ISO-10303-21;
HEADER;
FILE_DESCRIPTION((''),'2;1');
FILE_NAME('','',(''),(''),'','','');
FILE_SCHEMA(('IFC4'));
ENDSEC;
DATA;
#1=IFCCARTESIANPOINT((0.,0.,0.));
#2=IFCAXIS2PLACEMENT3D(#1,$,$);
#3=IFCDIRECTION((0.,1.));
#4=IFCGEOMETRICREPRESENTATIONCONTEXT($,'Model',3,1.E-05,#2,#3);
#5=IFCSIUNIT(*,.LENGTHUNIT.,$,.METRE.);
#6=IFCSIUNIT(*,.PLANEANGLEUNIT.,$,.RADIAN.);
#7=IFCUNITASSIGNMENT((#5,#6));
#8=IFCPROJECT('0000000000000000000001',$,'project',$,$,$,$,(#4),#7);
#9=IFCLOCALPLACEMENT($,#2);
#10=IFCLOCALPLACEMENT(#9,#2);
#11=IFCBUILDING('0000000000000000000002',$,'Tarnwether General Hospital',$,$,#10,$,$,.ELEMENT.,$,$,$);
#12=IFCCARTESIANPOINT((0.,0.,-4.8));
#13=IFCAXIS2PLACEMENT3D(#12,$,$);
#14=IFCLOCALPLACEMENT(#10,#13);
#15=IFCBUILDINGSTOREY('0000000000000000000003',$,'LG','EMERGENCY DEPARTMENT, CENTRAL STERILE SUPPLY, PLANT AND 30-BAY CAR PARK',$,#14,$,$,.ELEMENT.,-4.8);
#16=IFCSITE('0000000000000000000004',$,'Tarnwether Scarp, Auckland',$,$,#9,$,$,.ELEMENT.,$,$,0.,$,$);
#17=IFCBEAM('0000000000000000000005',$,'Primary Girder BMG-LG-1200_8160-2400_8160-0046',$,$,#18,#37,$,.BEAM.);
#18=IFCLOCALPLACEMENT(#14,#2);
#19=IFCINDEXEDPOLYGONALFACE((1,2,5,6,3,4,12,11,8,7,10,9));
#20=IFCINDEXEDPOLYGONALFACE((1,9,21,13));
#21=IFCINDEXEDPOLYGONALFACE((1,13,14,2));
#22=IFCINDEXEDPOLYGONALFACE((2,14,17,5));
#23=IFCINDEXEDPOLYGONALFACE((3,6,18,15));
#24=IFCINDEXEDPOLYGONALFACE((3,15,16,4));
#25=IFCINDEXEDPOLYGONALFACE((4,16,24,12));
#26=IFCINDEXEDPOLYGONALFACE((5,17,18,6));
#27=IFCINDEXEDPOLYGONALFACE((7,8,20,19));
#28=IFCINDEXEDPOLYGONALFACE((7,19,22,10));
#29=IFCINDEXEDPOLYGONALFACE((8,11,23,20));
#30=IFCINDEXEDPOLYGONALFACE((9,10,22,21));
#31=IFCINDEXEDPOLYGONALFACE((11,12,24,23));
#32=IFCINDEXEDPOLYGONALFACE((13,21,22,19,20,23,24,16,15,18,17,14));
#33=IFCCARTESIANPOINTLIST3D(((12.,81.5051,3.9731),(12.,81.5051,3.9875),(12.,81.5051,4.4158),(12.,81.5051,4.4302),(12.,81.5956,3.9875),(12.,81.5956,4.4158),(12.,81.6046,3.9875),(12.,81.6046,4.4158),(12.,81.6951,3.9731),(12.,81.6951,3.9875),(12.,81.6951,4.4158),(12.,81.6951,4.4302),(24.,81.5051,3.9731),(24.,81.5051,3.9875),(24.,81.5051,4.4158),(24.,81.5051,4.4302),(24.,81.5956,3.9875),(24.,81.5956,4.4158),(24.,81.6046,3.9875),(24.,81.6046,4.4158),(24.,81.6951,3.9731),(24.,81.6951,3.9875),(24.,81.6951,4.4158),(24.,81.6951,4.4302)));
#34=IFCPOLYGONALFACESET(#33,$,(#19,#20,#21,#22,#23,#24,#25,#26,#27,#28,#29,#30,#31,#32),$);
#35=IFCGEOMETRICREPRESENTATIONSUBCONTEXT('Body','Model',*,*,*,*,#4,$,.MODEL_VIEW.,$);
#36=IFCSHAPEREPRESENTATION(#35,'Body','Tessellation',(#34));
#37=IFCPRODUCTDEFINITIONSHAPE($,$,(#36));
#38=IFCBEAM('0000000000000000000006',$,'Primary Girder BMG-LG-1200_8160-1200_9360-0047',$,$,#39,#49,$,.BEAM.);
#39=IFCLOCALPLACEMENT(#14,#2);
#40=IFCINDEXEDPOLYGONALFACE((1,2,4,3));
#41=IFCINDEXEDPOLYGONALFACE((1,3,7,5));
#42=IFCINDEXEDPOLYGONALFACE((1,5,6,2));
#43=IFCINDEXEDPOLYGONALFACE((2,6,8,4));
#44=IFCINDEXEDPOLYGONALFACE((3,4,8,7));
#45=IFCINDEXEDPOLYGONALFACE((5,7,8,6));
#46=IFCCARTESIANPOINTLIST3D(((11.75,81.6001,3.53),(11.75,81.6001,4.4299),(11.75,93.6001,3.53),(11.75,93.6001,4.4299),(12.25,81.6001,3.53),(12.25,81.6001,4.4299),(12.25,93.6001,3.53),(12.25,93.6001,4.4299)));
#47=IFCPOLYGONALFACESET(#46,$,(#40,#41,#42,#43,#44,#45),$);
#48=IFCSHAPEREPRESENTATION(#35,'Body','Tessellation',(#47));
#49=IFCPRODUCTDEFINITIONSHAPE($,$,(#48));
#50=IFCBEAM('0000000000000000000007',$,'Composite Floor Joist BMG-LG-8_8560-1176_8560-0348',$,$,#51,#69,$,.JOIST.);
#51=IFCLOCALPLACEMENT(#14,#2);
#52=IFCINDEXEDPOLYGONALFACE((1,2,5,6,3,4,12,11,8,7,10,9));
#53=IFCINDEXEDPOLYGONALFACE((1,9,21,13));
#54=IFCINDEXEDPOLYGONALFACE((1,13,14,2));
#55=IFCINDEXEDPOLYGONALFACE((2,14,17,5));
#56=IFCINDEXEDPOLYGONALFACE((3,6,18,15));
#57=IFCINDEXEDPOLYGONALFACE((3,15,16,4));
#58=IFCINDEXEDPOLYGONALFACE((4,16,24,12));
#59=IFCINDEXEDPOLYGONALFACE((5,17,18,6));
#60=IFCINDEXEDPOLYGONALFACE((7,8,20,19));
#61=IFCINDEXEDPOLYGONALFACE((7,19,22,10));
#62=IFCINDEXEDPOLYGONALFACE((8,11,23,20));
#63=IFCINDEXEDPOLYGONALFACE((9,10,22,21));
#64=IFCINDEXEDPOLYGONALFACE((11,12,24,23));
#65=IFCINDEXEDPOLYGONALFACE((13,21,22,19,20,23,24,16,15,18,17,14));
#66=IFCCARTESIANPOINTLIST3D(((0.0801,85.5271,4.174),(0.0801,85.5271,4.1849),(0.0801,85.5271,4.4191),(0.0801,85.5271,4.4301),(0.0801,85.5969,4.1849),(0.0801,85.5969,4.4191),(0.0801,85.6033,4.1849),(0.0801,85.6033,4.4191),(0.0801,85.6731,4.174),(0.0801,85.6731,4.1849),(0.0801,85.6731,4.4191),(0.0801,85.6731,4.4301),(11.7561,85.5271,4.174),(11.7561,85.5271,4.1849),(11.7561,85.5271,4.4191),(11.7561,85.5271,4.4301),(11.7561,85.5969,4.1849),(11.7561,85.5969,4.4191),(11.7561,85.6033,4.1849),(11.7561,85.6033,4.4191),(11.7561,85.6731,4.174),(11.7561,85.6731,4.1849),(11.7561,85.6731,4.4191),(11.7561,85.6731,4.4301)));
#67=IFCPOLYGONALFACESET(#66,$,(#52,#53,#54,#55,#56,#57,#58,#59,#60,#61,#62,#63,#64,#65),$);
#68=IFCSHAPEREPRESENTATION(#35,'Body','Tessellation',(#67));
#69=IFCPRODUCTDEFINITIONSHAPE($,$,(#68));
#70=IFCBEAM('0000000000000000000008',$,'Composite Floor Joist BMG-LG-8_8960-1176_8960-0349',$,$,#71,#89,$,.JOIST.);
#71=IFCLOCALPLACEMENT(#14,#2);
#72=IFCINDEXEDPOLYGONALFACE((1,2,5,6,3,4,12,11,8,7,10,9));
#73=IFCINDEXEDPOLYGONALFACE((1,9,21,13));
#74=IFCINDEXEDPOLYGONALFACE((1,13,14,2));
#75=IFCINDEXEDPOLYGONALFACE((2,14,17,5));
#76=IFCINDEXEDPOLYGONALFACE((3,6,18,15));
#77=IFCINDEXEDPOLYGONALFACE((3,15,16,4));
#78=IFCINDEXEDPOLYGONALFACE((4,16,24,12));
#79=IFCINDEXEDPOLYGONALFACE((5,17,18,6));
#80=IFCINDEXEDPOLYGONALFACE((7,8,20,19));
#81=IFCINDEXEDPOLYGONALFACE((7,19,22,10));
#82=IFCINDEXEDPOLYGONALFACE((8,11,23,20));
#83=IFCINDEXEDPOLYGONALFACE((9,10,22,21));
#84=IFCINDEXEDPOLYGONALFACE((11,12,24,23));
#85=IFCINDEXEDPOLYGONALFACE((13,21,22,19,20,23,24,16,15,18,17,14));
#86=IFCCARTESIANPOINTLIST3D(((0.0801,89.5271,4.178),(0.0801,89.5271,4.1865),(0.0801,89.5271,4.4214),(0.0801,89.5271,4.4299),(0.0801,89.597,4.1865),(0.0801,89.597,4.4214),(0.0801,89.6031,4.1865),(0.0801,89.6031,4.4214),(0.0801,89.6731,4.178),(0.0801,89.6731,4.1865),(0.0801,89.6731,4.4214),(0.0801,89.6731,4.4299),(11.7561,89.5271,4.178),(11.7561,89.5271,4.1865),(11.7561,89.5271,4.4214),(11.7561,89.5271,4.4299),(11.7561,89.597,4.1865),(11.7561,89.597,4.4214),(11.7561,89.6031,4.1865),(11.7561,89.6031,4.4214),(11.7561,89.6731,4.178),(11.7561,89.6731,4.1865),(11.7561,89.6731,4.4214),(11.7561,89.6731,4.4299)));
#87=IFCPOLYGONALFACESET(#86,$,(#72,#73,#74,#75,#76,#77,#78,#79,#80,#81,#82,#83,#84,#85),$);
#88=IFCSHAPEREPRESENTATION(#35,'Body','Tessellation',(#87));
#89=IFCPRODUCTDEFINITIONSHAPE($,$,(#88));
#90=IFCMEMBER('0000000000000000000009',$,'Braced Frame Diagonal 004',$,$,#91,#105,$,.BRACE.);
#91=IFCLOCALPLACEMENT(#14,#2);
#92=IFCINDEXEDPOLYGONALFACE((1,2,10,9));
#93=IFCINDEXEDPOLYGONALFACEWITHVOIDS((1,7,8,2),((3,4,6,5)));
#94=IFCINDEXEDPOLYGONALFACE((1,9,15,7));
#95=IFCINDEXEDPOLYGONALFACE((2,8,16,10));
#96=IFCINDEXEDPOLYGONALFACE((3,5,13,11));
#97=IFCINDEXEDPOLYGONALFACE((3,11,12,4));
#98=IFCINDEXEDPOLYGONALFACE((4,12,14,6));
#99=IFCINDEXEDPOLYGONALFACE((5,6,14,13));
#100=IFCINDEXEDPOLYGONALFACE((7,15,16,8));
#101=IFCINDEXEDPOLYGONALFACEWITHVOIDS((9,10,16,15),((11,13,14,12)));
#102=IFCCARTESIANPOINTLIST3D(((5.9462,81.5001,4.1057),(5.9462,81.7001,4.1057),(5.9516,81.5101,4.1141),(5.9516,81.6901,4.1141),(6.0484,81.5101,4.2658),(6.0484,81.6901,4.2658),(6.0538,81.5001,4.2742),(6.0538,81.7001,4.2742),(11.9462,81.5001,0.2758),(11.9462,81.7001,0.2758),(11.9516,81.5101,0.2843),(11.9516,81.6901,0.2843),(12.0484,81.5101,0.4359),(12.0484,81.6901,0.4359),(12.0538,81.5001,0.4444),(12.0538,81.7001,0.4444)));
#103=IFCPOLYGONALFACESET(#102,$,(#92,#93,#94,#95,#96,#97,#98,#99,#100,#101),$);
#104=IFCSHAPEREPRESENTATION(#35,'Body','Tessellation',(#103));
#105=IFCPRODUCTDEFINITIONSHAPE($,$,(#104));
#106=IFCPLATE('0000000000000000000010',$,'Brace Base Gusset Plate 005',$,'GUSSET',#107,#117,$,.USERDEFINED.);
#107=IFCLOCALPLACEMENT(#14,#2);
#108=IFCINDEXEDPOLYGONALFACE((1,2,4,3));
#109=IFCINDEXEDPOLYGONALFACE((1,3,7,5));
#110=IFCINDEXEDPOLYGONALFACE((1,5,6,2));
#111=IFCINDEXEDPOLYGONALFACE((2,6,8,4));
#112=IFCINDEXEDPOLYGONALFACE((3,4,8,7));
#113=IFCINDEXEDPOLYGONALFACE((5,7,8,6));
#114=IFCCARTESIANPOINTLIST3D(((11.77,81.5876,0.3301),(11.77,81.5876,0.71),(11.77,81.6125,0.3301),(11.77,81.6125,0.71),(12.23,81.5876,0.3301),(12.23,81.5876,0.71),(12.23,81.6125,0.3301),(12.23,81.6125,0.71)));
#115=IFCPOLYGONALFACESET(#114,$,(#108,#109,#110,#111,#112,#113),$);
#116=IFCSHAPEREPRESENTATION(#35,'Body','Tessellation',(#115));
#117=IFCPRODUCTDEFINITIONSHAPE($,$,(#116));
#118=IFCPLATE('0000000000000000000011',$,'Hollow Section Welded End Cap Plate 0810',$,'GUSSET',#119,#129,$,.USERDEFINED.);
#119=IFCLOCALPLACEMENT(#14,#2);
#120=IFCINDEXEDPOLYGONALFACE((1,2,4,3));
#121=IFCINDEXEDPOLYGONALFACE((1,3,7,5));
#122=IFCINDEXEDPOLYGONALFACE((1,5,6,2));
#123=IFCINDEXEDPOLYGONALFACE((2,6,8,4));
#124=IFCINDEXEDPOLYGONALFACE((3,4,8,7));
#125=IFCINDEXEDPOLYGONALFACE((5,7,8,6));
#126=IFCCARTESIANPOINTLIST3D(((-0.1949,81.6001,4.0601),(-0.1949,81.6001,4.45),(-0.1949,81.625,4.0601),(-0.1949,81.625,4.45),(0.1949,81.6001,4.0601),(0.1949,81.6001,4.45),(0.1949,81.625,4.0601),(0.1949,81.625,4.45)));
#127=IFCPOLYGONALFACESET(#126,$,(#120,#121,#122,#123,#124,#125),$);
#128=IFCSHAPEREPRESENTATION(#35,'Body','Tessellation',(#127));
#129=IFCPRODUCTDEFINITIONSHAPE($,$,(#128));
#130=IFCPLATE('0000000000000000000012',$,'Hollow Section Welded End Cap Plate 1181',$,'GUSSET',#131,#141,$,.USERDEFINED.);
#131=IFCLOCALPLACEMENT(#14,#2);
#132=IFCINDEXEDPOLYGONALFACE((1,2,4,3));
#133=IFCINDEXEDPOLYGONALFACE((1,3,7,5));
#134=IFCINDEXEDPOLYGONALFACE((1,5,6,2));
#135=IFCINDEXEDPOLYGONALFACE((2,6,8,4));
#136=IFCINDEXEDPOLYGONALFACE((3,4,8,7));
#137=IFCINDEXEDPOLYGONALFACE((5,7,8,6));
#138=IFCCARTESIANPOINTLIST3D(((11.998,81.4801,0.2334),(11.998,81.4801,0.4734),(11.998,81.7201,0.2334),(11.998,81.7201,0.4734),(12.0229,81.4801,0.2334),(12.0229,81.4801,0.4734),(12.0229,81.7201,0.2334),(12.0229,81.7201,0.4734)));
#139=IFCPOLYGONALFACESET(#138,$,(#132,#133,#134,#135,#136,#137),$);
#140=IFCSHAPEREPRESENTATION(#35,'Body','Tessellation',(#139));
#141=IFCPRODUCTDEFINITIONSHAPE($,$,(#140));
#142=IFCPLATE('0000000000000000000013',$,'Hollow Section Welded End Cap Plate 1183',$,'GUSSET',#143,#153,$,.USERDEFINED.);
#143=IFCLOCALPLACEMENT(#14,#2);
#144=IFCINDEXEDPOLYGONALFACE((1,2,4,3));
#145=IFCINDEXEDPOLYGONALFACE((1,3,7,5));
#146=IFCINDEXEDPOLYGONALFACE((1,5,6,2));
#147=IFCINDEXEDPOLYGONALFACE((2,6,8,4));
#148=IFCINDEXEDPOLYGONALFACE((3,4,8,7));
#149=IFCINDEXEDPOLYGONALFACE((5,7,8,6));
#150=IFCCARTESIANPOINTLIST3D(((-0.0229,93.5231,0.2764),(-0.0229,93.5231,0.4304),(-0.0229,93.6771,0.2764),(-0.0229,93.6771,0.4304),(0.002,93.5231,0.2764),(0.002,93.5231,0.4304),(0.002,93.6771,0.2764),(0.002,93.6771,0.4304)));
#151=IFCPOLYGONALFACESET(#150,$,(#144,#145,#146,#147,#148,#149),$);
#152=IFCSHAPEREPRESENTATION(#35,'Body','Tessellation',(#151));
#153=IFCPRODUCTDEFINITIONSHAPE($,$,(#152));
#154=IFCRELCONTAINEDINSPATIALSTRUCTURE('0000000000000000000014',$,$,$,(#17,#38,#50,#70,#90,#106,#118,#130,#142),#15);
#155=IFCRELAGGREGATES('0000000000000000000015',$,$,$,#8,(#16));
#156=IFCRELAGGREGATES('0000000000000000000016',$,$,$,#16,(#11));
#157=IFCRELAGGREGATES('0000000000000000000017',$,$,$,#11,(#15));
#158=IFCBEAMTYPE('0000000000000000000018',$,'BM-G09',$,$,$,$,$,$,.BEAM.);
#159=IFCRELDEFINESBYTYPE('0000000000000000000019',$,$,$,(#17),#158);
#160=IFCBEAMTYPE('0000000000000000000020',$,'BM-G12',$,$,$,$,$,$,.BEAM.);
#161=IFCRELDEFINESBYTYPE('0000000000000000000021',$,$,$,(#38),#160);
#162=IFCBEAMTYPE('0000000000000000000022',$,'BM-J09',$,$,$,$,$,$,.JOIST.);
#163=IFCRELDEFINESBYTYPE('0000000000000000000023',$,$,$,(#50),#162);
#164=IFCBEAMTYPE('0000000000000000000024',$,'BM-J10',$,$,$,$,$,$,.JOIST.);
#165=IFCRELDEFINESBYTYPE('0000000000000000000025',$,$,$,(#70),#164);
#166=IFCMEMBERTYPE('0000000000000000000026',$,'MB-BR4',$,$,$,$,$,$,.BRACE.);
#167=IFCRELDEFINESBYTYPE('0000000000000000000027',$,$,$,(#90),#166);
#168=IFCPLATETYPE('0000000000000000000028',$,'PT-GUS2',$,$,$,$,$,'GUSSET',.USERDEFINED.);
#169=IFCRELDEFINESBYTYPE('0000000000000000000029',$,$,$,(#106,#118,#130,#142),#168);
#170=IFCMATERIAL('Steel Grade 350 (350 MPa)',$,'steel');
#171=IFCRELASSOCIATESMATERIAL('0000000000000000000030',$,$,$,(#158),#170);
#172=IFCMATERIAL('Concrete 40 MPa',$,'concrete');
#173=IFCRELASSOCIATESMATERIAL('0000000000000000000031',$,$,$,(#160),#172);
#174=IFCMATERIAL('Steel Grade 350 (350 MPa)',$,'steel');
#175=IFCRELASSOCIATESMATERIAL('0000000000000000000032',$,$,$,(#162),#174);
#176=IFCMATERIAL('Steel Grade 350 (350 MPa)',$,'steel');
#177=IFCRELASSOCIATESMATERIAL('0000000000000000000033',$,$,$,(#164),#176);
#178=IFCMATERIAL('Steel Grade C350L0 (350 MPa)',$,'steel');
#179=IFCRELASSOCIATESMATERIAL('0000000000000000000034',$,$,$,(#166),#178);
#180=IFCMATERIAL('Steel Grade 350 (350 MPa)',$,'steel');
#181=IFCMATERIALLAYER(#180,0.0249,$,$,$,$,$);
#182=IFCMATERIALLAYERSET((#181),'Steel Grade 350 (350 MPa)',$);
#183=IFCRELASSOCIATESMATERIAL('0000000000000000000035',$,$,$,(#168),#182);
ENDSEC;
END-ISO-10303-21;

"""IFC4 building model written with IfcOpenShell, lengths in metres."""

from ifc_helpers import new_model, si_unit, direction, frame, origin, origin_2d, place, context, subcontext, project, spatial, rectangle, hollow_rectangle, i_section, extrude, material, layer, layer_set, material_profile, profile_set, type_object, element, save


model = new_model("IFC4")

# Units and contexts
model_context = context("Model", 3, precision=1e-05, world=origin(), true_north=direction((0.0, 1.0)))
body_context = subcontext(model_context, "Body", "Model", "MODEL_VIEW")
ifc_project = project(units=[si_unit("LENGTHUNIT", "METRE"), si_unit("PLANEANGLEUNIT", "RADIAN")], contexts=[model_context])

# Site, building, storey
site_placement = place(None, origin())
site = spatial("IfcSite", under=ifc_project, at=site_placement, Name="Tarnwether Scarp, Auckland", CompositionType="ELEMENT", RefElevation=0.0)
building_placement = place(site_placement, origin())
building = spatial("IfcBuilding", under=site, at=building_placement, Name="Tarnwether General Hospital", CompositionType="ELEMENT")
storey_placement = place(building_placement, frame((0.0, 0.0, -4.8)))
storey = spatial("IfcBuildingStorey", under=building, at=storey_placement, Name="LG", Description="EMERGENCY DEPARTMENT, CENTRAL STERILE SUPPLY, PLANT AND 30-BAY CAR PARK", CompositionType="ELEMENT", Elevation=-4.8)

# Beams
ifc_material_1 = material(Name="Steel Grade 350 (350 MPa)", Category="steel")
ifc_material_profile_1 = material_profile(ifc_material_1, i_section(OverallWidth=0.1899, OverallDepth=0.457, WebThickness=0.009, FlangeThickness=0.0144, at=origin_2d()), Name="460UB74.6")
ifc_profile_set_1 = profile_set([ifc_material_profile_1], Name="Steel Grade 350 (350 MPa)")
beam_type_1 = type_object("IfcBeamType", Name="BM-G09", PredefinedType="BEAM", material=ifc_profile_set_1)
beam_1_placement = place(storey_placement, frame((12.0, 81.6001, 4.2017), z_axis=(1.0, 0.0, 0.0), x_axis=(0.0, 1.0, 0.0)))
element("IfcBeam", 1, at=beam_1_placement, inside=storey, type_object=beam_type_1, Name="Primary Girder BMG-LG-1200_8160-2400_8160-0046", PredefinedType="BEAM", context=body_context, shape_type="SweptSolid", body=[
    extrude(i_section(OverallWidth=0.1899, OverallDepth=0.457, WebThickness=0.009, FlangeThickness=0.0144, at=origin_2d()), origin(), (0.0, 0.0, 1.0), 12.0),
])
ifc_material_2 = material(Name="Concrete 40 MPa", Category="concrete")
ifc_material_profile_2 = material_profile(ifc_material_2, rectangle(XDim=0.5, YDim=0.8999, at=origin_2d()), Name="RC-BM-500x900")
ifc_profile_set_2 = profile_set([ifc_material_profile_2], Name="Concrete 40 MPa")
beam_type_2 = type_object("IfcBeamType", Name="BM-G12", PredefinedType="BEAM", material=ifc_profile_set_2)
beam_2_placement = place(storey_placement, frame((12.0, 81.6001, 3.98), z_axis=(0.0, 1.0, 0.0), x_axis=(-1.0, 0.0, 0.0)))
element("IfcBeam", 2, at=beam_2_placement, inside=storey, type_object=beam_type_2, Name="Primary Girder BMG-LG-1200_8160-1200_9360-0047", PredefinedType="BEAM", context=body_context, shape_type="SweptSolid", body=[
    extrude(rectangle(XDim=0.5, YDim=0.8999, at=origin_2d()), origin(), (0.0, 0.0, 1.0), 12.0),
])
ifc_material_3 = material(Name="Steel Grade 350 (350 MPa)", Category="steel")
ifc_material_profile_3 = material_profile(ifc_material_3, i_section(OverallWidth=0.146, OverallDepth=0.2561, WebThickness=0.0063, FlangeThickness=0.011, at=origin_2d()), Name="250UB37.3")
ifc_profile_set_3 = profile_set([ifc_material_profile_3], Name="Steel Grade 350 (350 MPa)")
beam_type_3 = type_object("IfcBeamType", Name="BM-J09", PredefinedType="JOIST", material=ifc_profile_set_3)
beam_3_placement = place(storey_placement, frame((0.0801, 85.6001, 4.302), z_axis=(1.0, 0.0, 0.0), x_axis=(0.0, 1.0, 0.0)))
element("IfcBeam", 3, at=beam_3_placement, inside=storey, type_object=beam_type_3, Name="Composite Floor Joist BMG-LG-8_8560-1176_8560-0348", PredefinedType="JOIST", context=body_context, shape_type="SweptSolid", body=[
    extrude(i_section(OverallWidth=0.146, OverallDepth=0.2561, WebThickness=0.0063, FlangeThickness=0.011, at=origin_2d()), origin(), (0.0, 0.0, 1.0), 11.676),
])
ifc_material_4 = material(Name="Steel Grade 350 (350 MPa)", Category="steel")
ifc_material_profile_4 = material_profile(ifc_material_4, i_section(OverallWidth=0.146, OverallDepth=0.252, WebThickness=0.0061, FlangeThickness=0.0085, at=origin_2d()), Name="250UB31.4")
ifc_profile_set_4 = profile_set([ifc_material_profile_4], Name="Steel Grade 350 (350 MPa)")
beam_type_4 = type_object("IfcBeamType", Name="BM-J10", PredefinedType="JOIST", material=ifc_profile_set_4)
beam_4_placement = place(storey_placement, frame((0.0801, 89.6001, 4.304), z_axis=(1.0, 0.0, 0.0), x_axis=(0.0, 1.0, 0.0)))
element("IfcBeam", 4, at=beam_4_placement, inside=storey, type_object=beam_type_4, Name="Composite Floor Joist BMG-LG-8_8960-1176_8960-0349", PredefinedType="JOIST", context=body_context, shape_type="SweptSolid", body=[
    extrude(i_section(OverallWidth=0.146, OverallDepth=0.252, WebThickness=0.0061, FlangeThickness=0.0085, at=origin_2d()), origin(), (0.0, 0.0, 1.0), 11.676),
])

# Member
ifc_material_5 = material(Name="Steel Grade C350L0 (350 MPa)", Category="steel")
ifc_material_profile_5 = material_profile(ifc_material_5, hollow_rectangle(XDim=0.2, YDim=0.2, WallThickness=0.01, at=origin_2d()), Name="SHS200x200x10")
ifc_profile_set_5 = profile_set([ifc_material_profile_5], Name="Steel Grade C350L0 (350 MPa)")
member_type = type_object("IfcMemberType", Name="MB-BR4", PredefinedType="BRACE", material=ifc_profile_set_5)
member_placement = place(storey_placement, frame((12.0, 81.6001, 0.3601), z_axis=(-0.842919, 0.0, 0.53804), x_axis=(0.0, -1.0, 0.0)))
element("IfcMember", 5, at=member_placement, inside=storey, type_object=member_type, Name="Braced Frame Diagonal 004", PredefinedType="BRACE", context=body_context, shape_type="SweptSolid", body=[
    extrude(hollow_rectangle(XDim=0.2, YDim=0.2, WallThickness=0.01, at=origin_2d()), origin(), (0.0, 0.0, 1.0), 7.1182),
])

# Plates
ifc_material_6 = material(Name="Steel Grade 350 (350 MPa)", Category="steel")
ifc_layer = layer(ifc_material_6, 0.0249)
ifc_layer_set = layer_set([ifc_layer], Name="Steel Grade 350 (350 MPa)")
plate_type = type_object("IfcPlateType", Name="PT-GUS2", ElementType="GUSSET", PredefinedType="USERDEFINED", material=ifc_layer_set)
plate_1_placement = place(storey_placement, frame((12.0, 81.6001, 0.3301), z_axis=(0.0, 0.0, 1.0), x_axis=(1.0, 0.0, 0.0)))
element("IfcPlate", 6, at=plate_1_placement, inside=storey, type_object=plate_type, Name="Brace Base Gusset Plate 005", ObjectType="GUSSET", PredefinedType="USERDEFINED", context=body_context, shape_type="SweptSolid", body=[
    extrude(rectangle(XDim=0.46, YDim=0.0249, at=origin_2d()), origin(), (0.0, 0.0, 1.0), 0.3799),
])
plate_2_placement = place(storey_placement, frame((0.0, 81.6125, 4.0601), z_axis=(0.0, 0.0, 1.0), x_axis=(0.0, 1.0, 0.0)))
element("IfcPlate", 7, at=plate_2_placement, inside=storey, type_object=plate_type, Name="Hollow Section Welded End Cap Plate 0810", ObjectType="GUSSET", PredefinedType="USERDEFINED", context=body_context, shape_type="SweptSolid", body=[
    extrude(rectangle(XDim=0.0249, YDim=0.3899, at=origin_2d()), origin(), (0.0, 0.0, 1.0), 0.3899),
])
plate_3_placement = place(storey_placement, frame((12.0105, 81.6001, 0.2334), z_axis=(0.0, 0.0, 1.0), x_axis=(-1.0, 0.0, 0.0)))
element("IfcPlate", 8, at=plate_3_placement, inside=storey, type_object=plate_type, Name="Hollow Section Welded End Cap Plate 1181", ObjectType="GUSSET", PredefinedType="USERDEFINED", context=body_context, shape_type="SweptSolid", body=[
    extrude(rectangle(XDim=0.0249, YDim=0.24, at=origin_2d()), origin(), (0.0, 0.0, 1.0), 0.24),
])
plate_4_placement = place(storey_placement, frame((-0.0105, 93.6001, 0.2764), z_axis=(0.0, 0.0, 1.0), x_axis=(1.0, 0.0, 0.0)))
element("IfcPlate", 9, at=plate_4_placement, inside=storey, type_object=plate_type, Name="Hollow Section Welded End Cap Plate 1183", ObjectType="GUSSET", PredefinedType="USERDEFINED", context=body_context, shape_type="SweptSolid", body=[
    extrude(rectangle(XDim=0.0249, YDim=0.1541, at=origin_2d()), origin(), (0.0, 0.0, 1.0), 0.1541),
])

save(model, "model.ifc")
